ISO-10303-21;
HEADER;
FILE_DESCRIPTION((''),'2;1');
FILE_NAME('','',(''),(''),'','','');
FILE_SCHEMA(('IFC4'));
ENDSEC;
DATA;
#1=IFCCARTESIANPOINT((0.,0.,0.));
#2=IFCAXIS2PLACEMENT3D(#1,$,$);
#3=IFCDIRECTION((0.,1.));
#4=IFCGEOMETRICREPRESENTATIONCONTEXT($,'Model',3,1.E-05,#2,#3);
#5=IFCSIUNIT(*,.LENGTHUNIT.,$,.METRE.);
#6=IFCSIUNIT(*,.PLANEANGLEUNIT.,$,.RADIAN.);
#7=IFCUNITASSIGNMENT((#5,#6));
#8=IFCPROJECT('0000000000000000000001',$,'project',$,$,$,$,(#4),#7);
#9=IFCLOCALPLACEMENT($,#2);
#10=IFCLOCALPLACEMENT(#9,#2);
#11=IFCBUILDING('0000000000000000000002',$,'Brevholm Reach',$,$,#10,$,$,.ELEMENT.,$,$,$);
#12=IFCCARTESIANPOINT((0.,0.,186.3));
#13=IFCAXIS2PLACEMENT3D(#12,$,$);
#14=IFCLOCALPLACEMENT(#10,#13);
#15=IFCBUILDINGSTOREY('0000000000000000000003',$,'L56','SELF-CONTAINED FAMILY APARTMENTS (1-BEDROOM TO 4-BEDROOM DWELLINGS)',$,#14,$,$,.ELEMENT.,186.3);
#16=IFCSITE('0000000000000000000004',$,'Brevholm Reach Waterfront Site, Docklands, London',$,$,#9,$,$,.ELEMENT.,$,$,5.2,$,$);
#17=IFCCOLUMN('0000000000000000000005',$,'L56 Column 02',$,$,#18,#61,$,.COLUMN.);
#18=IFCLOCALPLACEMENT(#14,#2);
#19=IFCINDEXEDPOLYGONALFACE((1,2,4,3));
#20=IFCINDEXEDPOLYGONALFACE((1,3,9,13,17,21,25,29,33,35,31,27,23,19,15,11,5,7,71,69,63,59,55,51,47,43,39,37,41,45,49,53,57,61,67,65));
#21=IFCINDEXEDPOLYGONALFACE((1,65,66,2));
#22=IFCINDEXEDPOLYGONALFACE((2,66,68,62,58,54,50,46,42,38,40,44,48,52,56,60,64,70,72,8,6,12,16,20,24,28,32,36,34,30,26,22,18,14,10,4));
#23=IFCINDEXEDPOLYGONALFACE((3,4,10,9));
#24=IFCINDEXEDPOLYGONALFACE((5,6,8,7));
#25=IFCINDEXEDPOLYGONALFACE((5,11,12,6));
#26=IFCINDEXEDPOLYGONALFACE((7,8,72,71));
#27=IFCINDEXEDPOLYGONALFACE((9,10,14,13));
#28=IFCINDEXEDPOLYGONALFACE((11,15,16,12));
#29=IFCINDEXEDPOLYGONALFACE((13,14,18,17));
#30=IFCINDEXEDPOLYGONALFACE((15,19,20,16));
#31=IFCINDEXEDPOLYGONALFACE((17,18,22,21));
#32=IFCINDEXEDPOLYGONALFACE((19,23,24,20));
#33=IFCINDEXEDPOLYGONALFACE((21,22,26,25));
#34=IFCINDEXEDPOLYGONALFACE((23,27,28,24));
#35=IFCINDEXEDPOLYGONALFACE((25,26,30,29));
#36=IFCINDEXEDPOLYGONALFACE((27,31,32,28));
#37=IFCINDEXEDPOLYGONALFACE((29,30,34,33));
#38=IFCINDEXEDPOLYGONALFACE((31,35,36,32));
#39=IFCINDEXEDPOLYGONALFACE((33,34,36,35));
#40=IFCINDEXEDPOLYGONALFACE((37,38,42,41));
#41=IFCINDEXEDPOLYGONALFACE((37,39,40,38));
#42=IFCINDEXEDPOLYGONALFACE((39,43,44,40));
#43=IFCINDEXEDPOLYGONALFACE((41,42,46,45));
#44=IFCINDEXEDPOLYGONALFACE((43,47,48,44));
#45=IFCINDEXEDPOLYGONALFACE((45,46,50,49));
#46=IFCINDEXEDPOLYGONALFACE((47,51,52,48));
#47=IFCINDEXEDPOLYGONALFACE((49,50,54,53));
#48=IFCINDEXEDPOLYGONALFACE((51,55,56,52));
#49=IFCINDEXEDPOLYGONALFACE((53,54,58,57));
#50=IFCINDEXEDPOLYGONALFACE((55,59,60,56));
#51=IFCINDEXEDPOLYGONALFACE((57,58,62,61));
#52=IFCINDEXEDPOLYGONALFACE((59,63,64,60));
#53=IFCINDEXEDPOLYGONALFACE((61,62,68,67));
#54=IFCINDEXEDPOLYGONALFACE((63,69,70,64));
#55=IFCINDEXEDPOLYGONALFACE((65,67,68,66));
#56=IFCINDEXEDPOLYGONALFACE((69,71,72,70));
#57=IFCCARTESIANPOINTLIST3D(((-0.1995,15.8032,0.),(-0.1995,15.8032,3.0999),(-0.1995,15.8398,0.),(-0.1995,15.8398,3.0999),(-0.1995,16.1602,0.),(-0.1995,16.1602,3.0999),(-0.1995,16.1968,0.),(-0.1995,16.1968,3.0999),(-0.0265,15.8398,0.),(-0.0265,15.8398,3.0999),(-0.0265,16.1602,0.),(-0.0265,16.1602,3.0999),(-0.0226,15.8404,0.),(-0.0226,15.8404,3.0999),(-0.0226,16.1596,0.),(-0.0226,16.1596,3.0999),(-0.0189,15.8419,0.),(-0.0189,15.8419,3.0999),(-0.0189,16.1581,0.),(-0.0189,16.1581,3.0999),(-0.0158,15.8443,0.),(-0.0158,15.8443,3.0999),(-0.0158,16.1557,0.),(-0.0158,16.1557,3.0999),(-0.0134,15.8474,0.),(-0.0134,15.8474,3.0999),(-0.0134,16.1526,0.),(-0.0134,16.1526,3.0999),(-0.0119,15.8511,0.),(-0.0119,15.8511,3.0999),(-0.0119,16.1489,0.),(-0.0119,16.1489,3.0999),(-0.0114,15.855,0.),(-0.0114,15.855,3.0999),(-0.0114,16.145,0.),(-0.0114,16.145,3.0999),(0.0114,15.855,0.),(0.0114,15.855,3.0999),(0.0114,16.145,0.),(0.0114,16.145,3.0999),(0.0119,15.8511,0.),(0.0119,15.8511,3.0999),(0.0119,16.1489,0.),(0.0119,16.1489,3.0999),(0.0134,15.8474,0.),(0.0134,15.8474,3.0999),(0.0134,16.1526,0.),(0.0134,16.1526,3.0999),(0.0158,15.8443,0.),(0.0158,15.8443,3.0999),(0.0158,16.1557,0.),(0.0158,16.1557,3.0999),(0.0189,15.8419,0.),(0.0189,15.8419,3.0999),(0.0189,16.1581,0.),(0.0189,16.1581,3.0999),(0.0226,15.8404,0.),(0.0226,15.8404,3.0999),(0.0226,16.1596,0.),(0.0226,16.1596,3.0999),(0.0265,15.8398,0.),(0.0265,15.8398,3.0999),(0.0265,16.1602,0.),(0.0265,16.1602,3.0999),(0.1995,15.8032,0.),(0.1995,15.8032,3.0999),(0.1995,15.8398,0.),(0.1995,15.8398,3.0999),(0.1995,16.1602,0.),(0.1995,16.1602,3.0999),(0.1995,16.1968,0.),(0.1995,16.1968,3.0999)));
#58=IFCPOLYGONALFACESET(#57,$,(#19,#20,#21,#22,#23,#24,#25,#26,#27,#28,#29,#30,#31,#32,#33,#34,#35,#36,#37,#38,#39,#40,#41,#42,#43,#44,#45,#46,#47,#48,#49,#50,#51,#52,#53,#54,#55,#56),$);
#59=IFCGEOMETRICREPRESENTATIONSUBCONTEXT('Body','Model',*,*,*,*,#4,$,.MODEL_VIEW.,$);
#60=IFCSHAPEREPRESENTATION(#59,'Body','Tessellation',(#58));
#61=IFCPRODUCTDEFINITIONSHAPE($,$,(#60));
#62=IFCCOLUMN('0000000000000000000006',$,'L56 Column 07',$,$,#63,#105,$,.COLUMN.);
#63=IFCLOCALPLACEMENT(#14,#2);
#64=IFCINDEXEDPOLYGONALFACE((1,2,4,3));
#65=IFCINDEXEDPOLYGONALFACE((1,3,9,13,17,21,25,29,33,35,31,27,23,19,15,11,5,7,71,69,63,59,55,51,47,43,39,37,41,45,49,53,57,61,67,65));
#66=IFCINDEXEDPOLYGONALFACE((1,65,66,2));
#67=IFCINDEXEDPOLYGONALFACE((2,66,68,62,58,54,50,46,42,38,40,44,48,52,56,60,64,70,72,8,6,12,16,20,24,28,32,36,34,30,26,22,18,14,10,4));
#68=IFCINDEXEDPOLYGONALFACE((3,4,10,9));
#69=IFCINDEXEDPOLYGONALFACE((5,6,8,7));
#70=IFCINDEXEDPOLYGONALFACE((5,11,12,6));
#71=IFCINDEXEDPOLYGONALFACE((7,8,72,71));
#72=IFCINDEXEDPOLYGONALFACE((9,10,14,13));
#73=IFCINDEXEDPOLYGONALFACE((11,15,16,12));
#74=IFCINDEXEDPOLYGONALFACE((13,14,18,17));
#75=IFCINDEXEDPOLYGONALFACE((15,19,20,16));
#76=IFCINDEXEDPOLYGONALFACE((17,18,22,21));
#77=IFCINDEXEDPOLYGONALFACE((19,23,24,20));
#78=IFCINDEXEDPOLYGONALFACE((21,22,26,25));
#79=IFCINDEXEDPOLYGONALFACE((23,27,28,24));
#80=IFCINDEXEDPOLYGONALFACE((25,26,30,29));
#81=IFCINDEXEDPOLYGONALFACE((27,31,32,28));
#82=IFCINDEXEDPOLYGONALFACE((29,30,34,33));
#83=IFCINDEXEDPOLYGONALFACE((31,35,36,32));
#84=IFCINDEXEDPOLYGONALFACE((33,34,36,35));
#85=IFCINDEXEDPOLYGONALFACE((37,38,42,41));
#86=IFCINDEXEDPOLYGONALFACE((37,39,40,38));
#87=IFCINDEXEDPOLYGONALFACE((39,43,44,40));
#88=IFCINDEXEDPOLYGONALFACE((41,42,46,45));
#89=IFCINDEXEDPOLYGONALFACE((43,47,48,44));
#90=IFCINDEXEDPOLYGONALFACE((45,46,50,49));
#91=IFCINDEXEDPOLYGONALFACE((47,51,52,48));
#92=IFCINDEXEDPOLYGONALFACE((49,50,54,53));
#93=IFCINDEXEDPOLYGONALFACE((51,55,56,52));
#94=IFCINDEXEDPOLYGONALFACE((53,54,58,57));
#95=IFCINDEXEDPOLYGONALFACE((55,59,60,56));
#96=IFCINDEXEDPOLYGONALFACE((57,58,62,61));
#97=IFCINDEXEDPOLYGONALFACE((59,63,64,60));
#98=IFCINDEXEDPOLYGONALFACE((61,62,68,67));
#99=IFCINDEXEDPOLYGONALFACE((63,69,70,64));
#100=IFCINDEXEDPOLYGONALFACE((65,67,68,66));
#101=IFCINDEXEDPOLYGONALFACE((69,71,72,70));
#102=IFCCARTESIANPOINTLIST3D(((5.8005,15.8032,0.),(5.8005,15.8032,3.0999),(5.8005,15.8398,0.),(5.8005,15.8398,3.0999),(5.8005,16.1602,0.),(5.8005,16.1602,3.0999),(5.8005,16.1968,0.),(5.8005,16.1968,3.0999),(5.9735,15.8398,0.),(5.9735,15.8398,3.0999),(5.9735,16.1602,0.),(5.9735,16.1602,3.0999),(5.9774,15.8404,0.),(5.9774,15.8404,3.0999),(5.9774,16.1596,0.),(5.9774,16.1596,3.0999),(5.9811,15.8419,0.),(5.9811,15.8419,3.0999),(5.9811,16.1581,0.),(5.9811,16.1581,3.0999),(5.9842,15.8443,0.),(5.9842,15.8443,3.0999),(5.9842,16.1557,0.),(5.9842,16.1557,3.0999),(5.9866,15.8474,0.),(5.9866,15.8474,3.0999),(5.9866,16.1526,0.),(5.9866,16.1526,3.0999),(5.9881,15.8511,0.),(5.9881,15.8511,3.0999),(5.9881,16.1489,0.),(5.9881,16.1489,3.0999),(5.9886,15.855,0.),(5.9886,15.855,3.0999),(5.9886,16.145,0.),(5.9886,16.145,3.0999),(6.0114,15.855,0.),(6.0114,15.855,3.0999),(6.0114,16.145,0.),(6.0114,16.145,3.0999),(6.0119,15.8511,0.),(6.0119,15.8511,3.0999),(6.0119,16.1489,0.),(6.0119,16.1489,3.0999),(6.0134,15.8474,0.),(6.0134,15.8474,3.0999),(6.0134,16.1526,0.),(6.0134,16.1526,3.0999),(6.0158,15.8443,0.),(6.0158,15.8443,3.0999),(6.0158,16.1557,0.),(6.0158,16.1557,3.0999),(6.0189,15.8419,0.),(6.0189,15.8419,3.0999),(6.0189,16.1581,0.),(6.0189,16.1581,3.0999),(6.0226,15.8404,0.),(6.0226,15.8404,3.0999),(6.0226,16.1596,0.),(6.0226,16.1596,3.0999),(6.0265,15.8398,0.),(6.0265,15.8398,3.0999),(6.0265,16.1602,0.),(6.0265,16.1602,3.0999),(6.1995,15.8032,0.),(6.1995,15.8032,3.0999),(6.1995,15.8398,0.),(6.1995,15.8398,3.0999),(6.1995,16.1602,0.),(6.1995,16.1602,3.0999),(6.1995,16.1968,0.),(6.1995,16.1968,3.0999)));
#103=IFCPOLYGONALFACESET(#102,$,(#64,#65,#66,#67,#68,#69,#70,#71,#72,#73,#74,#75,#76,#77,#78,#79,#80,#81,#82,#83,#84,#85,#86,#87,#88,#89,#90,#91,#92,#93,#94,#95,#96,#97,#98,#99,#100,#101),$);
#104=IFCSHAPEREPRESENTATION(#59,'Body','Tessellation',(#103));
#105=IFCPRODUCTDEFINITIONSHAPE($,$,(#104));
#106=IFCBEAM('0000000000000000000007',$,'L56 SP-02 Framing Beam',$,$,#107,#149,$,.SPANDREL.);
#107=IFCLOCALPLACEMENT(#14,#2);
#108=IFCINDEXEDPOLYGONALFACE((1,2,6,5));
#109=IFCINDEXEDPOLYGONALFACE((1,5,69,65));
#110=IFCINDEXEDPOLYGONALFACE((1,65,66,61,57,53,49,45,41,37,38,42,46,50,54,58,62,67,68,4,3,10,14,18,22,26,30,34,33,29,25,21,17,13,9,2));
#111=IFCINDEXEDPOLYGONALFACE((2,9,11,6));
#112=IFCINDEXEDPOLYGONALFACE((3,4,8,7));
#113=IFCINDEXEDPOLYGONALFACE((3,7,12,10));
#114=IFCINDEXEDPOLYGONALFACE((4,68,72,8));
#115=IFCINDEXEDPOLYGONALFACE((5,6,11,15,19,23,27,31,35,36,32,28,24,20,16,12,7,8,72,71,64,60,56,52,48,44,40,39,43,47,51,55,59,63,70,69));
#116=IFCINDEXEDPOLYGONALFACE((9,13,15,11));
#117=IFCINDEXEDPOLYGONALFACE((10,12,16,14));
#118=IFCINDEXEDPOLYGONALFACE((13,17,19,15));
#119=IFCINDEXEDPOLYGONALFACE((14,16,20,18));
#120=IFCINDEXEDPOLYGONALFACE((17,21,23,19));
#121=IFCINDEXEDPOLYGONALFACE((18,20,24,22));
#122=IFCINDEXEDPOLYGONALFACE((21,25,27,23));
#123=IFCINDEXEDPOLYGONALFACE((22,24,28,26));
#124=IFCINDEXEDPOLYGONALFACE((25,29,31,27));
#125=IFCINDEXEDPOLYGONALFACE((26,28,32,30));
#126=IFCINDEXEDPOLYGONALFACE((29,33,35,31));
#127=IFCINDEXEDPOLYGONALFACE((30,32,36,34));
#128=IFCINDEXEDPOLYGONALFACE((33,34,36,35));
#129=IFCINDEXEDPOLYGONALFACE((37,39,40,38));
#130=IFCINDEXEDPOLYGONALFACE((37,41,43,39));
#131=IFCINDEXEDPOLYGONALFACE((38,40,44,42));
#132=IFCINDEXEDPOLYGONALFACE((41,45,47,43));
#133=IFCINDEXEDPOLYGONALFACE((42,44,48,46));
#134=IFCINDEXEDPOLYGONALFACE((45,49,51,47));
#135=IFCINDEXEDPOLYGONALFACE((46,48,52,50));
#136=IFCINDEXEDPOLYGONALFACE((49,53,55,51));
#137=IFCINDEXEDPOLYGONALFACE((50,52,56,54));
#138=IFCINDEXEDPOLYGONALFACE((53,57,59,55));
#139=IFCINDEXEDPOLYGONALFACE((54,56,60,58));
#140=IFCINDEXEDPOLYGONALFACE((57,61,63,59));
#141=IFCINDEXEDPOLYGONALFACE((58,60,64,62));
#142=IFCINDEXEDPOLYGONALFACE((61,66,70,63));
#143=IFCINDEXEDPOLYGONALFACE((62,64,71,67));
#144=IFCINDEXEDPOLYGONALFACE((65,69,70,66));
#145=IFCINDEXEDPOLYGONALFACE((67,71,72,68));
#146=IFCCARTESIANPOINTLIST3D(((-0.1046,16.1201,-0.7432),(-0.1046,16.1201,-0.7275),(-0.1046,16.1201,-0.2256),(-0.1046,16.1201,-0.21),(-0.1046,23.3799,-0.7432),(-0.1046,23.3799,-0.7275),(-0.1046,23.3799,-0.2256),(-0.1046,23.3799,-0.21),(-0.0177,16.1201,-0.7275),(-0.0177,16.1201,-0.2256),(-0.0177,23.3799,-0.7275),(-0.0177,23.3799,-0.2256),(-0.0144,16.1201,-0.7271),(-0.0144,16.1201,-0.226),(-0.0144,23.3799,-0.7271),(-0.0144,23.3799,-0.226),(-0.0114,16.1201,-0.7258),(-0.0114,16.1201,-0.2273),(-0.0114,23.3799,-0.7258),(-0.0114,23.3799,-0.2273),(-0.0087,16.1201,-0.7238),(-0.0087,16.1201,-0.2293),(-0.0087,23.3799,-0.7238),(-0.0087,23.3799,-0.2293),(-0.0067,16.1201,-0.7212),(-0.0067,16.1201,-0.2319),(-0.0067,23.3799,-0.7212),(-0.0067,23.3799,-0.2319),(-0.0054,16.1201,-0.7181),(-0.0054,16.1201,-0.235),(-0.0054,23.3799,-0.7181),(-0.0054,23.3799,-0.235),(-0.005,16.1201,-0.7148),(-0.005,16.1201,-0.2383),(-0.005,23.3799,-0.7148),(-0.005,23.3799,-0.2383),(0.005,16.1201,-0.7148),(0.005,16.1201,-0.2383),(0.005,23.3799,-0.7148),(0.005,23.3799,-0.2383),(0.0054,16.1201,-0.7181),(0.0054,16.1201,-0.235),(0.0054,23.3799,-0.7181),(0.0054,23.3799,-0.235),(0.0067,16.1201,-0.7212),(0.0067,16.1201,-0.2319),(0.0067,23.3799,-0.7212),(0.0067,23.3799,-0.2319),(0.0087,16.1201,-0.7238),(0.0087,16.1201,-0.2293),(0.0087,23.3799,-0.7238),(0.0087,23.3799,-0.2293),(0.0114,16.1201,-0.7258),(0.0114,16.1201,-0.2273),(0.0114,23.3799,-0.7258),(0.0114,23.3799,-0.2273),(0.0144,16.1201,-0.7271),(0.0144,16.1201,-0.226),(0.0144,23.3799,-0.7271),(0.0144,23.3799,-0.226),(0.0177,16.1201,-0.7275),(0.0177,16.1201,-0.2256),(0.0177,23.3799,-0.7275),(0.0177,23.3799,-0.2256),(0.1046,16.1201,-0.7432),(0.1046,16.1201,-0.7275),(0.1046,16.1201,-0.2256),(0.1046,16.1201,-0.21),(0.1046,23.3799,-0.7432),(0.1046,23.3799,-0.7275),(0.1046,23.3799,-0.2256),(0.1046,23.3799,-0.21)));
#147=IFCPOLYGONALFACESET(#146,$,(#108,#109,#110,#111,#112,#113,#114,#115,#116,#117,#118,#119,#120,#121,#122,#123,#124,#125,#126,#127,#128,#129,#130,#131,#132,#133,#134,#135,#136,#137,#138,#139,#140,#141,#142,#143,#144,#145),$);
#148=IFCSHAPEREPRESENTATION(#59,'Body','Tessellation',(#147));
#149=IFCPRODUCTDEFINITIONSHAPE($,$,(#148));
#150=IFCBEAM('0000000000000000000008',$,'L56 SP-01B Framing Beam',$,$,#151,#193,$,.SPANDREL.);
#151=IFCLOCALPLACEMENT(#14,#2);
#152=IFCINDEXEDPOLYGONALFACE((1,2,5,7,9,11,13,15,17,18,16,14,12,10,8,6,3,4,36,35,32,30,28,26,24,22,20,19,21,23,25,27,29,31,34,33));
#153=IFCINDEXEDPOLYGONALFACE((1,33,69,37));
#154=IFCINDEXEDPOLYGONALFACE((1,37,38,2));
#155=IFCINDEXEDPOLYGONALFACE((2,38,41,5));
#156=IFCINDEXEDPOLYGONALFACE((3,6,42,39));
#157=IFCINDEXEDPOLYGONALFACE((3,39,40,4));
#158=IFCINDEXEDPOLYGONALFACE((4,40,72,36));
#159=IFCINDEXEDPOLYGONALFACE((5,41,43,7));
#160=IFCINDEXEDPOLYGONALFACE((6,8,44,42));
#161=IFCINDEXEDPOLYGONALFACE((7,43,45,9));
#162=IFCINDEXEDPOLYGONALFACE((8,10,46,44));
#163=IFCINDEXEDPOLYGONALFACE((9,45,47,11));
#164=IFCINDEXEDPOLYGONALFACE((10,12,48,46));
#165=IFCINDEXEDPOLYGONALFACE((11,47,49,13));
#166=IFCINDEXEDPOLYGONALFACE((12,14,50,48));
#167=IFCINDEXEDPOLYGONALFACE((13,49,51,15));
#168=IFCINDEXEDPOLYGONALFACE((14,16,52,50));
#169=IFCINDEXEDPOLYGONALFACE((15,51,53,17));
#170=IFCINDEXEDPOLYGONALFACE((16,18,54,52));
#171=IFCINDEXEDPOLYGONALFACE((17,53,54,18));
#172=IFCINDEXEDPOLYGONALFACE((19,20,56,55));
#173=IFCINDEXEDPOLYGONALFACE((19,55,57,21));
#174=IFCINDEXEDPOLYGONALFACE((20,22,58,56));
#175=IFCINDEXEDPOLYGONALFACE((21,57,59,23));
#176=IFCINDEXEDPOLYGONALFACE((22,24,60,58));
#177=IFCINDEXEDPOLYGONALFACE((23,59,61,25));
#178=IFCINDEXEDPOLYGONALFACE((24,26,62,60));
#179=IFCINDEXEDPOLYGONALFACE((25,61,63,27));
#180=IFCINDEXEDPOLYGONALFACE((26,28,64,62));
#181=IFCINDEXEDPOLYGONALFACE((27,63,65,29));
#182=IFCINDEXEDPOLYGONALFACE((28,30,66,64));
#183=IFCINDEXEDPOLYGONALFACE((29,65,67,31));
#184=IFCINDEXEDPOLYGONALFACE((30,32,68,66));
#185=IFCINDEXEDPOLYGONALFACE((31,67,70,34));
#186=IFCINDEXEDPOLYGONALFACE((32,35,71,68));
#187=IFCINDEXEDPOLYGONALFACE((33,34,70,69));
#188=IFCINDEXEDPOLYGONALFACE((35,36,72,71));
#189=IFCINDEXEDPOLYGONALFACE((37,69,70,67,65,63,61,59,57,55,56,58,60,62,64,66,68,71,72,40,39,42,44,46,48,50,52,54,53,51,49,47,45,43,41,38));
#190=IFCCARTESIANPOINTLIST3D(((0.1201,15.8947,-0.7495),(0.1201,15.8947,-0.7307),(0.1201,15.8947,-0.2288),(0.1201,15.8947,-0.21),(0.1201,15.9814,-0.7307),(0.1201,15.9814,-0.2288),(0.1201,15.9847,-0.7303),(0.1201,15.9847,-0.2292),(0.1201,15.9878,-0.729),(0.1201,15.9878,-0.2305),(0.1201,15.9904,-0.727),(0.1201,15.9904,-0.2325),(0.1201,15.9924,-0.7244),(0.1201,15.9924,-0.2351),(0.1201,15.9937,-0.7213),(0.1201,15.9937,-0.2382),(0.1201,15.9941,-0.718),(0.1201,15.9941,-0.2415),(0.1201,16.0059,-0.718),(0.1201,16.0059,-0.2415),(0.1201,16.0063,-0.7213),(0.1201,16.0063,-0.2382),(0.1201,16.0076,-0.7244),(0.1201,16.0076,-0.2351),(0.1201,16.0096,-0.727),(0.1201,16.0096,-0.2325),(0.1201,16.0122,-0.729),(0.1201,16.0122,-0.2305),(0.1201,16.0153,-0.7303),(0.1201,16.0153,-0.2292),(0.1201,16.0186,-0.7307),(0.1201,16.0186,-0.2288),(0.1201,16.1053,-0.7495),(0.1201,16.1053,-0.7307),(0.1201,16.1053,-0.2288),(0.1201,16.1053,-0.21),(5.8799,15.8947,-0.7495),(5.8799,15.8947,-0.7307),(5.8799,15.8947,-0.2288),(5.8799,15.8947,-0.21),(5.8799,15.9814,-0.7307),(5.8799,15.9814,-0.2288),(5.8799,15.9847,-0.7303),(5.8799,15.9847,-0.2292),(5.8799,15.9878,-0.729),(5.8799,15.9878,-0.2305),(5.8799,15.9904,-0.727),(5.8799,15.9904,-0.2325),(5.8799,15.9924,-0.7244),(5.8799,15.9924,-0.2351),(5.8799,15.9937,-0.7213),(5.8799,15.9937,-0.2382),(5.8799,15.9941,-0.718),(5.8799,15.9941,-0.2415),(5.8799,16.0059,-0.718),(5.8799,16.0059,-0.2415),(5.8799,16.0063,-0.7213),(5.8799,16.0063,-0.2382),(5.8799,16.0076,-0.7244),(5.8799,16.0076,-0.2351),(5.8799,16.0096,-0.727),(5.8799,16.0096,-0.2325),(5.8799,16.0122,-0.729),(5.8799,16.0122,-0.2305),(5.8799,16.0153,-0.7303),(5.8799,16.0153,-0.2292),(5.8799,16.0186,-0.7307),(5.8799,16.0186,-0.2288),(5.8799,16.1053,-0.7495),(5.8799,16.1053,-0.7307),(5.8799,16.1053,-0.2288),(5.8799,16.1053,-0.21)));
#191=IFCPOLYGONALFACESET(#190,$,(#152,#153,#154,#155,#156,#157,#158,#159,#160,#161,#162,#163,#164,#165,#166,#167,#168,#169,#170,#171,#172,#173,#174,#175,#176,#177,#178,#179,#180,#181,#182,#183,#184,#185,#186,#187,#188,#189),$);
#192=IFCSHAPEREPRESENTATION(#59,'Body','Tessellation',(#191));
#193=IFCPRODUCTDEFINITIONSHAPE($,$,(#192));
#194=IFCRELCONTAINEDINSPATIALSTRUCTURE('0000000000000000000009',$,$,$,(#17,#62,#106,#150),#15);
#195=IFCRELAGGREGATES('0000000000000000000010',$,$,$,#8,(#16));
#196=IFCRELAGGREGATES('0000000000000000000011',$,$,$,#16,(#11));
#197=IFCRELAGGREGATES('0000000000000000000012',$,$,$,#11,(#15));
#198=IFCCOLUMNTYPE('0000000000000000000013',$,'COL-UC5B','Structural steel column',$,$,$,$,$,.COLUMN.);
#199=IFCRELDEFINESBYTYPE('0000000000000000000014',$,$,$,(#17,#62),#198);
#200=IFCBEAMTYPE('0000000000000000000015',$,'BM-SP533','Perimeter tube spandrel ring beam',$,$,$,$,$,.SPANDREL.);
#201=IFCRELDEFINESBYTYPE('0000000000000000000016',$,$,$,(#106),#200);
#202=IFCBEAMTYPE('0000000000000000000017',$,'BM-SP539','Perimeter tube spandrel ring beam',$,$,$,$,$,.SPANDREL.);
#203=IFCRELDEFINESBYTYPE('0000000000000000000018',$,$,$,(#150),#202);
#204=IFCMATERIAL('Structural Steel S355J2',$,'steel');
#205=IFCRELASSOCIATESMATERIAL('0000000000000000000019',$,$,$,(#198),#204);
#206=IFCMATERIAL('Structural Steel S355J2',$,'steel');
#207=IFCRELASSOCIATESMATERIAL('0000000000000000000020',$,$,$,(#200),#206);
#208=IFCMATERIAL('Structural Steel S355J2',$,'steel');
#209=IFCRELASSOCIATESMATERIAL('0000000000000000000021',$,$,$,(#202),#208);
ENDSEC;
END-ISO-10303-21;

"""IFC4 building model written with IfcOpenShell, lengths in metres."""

from ifc_helpers import new_model, si_unit, direction, frame, origin, origin_2d, place, context, subcontext, project, spatial, i_section, extrude, material, material_profile, profile_set, type_object, element, save


model = new_model("IFC4")

# Units and contexts
model_context = context("Model", 3, precision=1e-05, world=origin(), true_north=direction((0.0, 1.0)))
body_context = subcontext(model_context, "Body", "Model", "MODEL_VIEW")
ifc_project = project(units=[si_unit("LENGTHUNIT", "METRE"), si_unit("PLANEANGLEUNIT", "RADIAN")], contexts=[model_context])

# Site, building, storey
site_placement = place(None, origin())
site = spatial("IfcSite", under=ifc_project, at=site_placement, Name="Brevholm Reach Waterfront Site, Docklands, London", CompositionType="ELEMENT", RefElevation=5.2)
building_placement = place(site_placement, origin())
building = spatial("IfcBuilding", under=site, at=building_placement, Name="Brevholm Reach", CompositionType="ELEMENT")
storey_placement = place(building_placement, frame((0.0, 0.0, 186.3)))
storey = spatial("IfcBuildingStorey", under=building, at=storey_placement, Name="L56", Description="SELF-CONTAINED FAMILY APARTMENTS (1-BEDROOM TO 4-BEDROOM DWELLINGS)", CompositionType="ELEMENT", Elevation=186.3)

# Columns
ifc_material_1 = material(Name="Structural Steel S355J2", Category="steel")
ifc_material_profile_1 = material_profile(ifc_material_1, i_section(OverallWidth=0.3989, OverallDepth=0.3936, WebThickness=0.0227, FlangeThickness=0.0366, FilletRadius=0.0151, at=origin_2d()), Name="UKC 356x406x287")
ifc_profile_set_1 = profile_set([ifc_material_profile_1], Name="Structural Steel S355J2")
column_type = type_object("IfcColumnType", Name="COL-UC5B", Description="Structural steel column", PredefinedType="COLUMN", material=ifc_profile_set_1)
for number, where, z_axis, x_axis, name in (
    (1, (0.0, 16.0, 0.0), (0.0, 0.0, 1.0), (1.0, 0.0, 0.0), "L56 Column 02"),
    (2, (6.0, 16.0, 0.0), (0.0, 0.0, 1.0), (1.0, 0.0, 0.0), "L56 Column 07"),
):
    element("IfcColumn", number, at=place(storey_placement, frame(where, z_axis=z_axis, x_axis=x_axis)), inside=storey, type_object=column_type, Name=name, PredefinedType="COLUMN", context=body_context, shape_type="SweptSolid", body=[
        extrude(i_section(OverallWidth=0.3989, OverallDepth=0.3936, WebThickness=0.0227, FlangeThickness=0.0366, FilletRadius=0.0151, at=origin_2d()), origin(), (0.0, 0.0, 1.0), 3.0999),
    ])

# Beams
ifc_material_2 = material(Name="Structural Steel S355J2", Category="steel")
ifc_material_profile_2 = material_profile(ifc_material_2, i_section(OverallWidth=0.2092, OverallDepth=0.5332, WebThickness=0.01, FlangeThickness=0.0156, FilletRadius=0.0127, at=origin_2d()), Name="UKB 533x210x92")
ifc_profile_set_2 = profile_set([ifc_material_profile_2], Name="Structural Steel S355J2")
beam_type_1 = type_object("IfcBeamType", Name="BM-SP533", Description="Perimeter tube spandrel ring beam", PredefinedType="SPANDREL", material=ifc_profile_set_2)
beam_1_placement = place(storey_placement, frame((0.0, 16.1201, -0.4766), z_axis=(0.0, 1.0, 0.0), x_axis=(-1.0, 0.0, 0.0)))
element("IfcBeam", 3, at=beam_1_placement, inside=storey, type_object=beam_type_1, Name="L56 SP-02 Framing Beam", PredefinedType="SPANDREL", context=body_context, shape_type="SweptSolid", body=[
    extrude(i_section(OverallWidth=0.2092, OverallDepth=0.5332, WebThickness=0.01, FlangeThickness=0.0156, FilletRadius=0.0127, at=origin_2d()), origin(), (0.0, 0.0, 1.0), 7.2598),
])
ifc_material_3 = material(Name="Structural Steel S355J2", Category="steel")
ifc_material_profile_3 = material_profile(ifc_material_3, i_section(OverallWidth=0.2107, OverallDepth=0.5396, WebThickness=0.0117, FlangeThickness=0.0188, FilletRadius=0.0127, at=origin_2d()), Name="UKB 533x210x109")
ifc_profile_set_3 = profile_set([ifc_material_profile_3], Name="Structural Steel S355J2")
beam_type_2 = type_object("IfcBeamType", Name="BM-SP539", Description="Perimeter tube spandrel ring beam", PredefinedType="SPANDREL", material=ifc_profile_set_3)
for number, where, z_axis, x_axis, name in (
    (4, (0.1201, 16.0, -0.4797), (1.0, 0.0, 0.0), (0.0, 1.0, 0.0), "L56 SP-01B Framing Beam"),
):
    element("IfcBeam", number, at=place(storey_placement, frame(where, z_axis=z_axis, x_axis=x_axis)), inside=storey, type_object=beam_type_2, Name=name, PredefinedType="SPANDREL", context=body_context, shape_type="SweptSolid", body=[
        extrude(i_section(OverallWidth=0.2107, OverallDepth=0.5396, WebThickness=0.0117, FlangeThickness=0.0188, FilletRadius=0.0127, at=origin_2d()), origin(), (0.0, 0.0, 1.0), 5.7598),
    ])

save(model, "model.ifc")
